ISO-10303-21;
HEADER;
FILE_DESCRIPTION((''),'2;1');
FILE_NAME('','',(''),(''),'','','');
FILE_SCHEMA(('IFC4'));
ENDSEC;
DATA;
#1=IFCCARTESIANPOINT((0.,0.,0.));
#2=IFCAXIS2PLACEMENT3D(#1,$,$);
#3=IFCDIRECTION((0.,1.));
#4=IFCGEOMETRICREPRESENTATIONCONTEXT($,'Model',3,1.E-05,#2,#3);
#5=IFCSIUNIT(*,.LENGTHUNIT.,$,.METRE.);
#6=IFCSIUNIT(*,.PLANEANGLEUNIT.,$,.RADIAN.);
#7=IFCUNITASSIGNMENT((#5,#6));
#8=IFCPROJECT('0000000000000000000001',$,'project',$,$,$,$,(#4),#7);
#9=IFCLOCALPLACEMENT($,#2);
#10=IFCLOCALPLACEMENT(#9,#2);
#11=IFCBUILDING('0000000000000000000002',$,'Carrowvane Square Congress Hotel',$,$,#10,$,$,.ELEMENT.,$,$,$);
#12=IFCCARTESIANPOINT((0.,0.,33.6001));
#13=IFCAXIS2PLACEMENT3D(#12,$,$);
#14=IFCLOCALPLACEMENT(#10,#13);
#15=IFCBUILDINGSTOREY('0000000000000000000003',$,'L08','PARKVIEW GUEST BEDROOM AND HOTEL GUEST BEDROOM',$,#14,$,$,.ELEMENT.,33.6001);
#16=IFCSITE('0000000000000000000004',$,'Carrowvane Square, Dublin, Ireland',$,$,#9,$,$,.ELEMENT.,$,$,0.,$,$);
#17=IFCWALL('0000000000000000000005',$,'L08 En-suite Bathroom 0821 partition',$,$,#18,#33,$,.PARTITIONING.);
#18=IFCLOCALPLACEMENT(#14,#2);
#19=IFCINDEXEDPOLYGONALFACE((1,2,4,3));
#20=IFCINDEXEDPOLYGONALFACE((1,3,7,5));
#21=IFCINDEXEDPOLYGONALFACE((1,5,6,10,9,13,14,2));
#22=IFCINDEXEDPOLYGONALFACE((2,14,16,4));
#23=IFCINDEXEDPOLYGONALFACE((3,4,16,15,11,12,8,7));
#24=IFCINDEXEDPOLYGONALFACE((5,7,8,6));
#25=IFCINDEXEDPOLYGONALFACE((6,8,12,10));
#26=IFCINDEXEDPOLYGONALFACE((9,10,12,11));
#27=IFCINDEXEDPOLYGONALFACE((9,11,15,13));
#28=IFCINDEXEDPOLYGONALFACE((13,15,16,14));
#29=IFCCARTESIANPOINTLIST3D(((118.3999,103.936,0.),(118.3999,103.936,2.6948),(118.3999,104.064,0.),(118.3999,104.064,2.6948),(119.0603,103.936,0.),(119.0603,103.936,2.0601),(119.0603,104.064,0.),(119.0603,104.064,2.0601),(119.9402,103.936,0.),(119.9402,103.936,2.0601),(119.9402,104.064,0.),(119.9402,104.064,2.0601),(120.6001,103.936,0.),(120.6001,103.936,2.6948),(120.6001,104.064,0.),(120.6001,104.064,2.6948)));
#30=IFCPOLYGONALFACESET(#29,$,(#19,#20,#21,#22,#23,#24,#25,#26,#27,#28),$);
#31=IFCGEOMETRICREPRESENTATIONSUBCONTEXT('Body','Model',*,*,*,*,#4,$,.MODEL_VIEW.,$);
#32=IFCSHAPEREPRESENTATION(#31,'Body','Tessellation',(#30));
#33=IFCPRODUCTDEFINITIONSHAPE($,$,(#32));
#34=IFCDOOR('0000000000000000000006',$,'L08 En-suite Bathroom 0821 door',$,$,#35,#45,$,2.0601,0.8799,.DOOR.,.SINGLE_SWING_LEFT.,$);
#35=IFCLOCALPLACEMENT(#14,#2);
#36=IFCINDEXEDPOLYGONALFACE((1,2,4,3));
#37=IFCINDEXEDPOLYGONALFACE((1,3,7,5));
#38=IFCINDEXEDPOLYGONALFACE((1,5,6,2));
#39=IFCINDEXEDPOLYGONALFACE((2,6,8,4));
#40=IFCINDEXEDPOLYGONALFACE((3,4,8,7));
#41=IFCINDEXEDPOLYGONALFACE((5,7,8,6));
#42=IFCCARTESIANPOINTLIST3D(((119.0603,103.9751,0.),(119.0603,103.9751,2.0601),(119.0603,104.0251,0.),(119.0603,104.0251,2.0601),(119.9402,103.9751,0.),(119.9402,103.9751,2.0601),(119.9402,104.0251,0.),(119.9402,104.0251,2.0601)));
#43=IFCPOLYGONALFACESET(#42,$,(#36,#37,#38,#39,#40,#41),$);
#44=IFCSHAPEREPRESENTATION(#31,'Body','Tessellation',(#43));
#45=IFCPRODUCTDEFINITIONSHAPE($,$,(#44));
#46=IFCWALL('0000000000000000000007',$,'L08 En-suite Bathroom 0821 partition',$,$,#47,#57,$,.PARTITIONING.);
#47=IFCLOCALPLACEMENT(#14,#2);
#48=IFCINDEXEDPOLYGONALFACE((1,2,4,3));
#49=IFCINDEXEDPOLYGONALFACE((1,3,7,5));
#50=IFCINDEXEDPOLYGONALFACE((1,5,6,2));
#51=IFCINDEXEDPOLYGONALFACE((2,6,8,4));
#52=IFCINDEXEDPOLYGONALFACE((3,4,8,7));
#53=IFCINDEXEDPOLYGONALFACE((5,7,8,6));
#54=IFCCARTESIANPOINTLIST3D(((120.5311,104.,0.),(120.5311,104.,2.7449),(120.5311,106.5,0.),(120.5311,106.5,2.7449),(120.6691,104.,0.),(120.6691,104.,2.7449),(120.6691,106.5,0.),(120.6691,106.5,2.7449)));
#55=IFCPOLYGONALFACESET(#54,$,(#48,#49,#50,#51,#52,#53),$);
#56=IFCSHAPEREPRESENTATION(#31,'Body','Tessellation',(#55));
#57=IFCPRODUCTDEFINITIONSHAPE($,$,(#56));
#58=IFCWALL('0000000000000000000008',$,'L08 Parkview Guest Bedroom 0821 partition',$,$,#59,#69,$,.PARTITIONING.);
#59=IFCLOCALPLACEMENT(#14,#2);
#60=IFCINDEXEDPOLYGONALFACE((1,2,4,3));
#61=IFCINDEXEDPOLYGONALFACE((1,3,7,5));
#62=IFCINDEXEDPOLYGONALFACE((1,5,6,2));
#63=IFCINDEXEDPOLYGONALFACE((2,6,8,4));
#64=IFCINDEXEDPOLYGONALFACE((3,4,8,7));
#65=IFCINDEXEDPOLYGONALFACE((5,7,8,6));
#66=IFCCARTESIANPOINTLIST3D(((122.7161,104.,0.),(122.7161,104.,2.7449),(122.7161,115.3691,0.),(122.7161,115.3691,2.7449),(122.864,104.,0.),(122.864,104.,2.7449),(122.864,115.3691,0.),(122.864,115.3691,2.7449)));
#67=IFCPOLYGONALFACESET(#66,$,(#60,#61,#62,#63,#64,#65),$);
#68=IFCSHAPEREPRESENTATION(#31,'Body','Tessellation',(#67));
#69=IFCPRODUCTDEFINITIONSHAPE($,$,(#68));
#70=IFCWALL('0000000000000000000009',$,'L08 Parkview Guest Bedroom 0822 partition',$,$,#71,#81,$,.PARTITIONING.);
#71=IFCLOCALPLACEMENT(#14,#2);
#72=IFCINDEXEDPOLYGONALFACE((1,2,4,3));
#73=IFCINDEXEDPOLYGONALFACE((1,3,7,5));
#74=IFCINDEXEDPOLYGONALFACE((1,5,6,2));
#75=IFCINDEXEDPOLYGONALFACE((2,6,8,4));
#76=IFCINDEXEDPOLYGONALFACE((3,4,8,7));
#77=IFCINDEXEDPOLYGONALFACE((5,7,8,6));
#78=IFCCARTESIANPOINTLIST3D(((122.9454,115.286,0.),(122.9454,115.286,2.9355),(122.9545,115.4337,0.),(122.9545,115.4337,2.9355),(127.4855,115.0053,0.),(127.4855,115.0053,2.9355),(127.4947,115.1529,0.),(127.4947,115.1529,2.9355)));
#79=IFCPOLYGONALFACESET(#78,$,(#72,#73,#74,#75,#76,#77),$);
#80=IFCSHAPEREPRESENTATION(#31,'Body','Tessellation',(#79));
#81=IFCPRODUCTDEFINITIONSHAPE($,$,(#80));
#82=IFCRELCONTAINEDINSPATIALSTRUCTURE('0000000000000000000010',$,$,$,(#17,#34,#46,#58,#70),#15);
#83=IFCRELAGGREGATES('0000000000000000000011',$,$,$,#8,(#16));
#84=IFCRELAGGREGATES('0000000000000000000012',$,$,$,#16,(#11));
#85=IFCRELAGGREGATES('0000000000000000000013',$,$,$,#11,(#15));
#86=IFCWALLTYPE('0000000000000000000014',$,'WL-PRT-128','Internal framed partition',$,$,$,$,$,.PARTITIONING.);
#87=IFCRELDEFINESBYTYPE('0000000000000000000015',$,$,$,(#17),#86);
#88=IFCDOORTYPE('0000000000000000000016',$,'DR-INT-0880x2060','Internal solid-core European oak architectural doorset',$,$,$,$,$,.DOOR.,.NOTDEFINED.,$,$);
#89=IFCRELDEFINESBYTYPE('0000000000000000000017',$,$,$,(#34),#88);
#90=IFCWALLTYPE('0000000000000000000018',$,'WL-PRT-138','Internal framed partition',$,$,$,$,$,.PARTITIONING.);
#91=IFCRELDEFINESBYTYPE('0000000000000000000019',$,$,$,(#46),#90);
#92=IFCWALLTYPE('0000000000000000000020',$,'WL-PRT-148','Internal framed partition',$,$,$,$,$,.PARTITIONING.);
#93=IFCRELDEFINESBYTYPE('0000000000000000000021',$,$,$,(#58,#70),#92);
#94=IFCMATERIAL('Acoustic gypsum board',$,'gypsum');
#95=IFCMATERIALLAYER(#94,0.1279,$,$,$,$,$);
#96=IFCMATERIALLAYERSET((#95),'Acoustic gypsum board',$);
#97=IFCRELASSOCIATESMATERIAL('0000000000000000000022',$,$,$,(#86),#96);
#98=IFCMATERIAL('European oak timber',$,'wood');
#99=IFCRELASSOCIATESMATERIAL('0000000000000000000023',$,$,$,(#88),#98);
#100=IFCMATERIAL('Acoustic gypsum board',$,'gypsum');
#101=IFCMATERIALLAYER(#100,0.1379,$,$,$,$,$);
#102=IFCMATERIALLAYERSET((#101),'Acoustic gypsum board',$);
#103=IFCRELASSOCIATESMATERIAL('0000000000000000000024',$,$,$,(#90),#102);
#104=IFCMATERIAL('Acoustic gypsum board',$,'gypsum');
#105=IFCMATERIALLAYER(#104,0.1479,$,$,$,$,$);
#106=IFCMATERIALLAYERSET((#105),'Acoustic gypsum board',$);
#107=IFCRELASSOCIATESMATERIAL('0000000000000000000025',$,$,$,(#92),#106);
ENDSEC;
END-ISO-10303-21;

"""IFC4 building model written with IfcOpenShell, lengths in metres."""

from ifc_helpers import new_model, si_unit, direction, frame, frame_2d, origin, place, context, subcontext, project, spatial, rectangle, extrude, material, layer, layer_set, type_object, element, fill, save


model = new_model("IFC4")

# Units and contexts
model_context = context("Model", 3, precision=1e-05, world=origin(), true_north=direction((0.0, 1.0)))
body_context = subcontext(model_context, "Body", "Model", "MODEL_VIEW")
ifc_project = project(units=[si_unit("LENGTHUNIT", "METRE"), si_unit("PLANEANGLEUNIT", "RADIAN")], contexts=[model_context])

# Site, building, storey
site_placement = place(None, origin())
site = spatial("IfcSite", under=ifc_project, at=site_placement, Name="Carrowvane Square, Dublin, Ireland", CompositionType="ELEMENT", RefElevation=0.0)
building_placement = place(site_placement, origin())
building = spatial("IfcBuilding", under=site, at=building_placement, Name="Carrowvane Square Congress Hotel", CompositionType="ELEMENT")
storey_placement = place(building_placement, frame((0.0, 0.0, 33.6001)))
storey = spatial("IfcBuildingStorey", under=building, at=storey_placement, Name="L08", Description="PARKVIEW GUEST BEDROOM AND HOTEL GUEST BEDROOM", CompositionType="ELEMENT", Elevation=33.6001)

# Wall, opening, door
ifc_material_1 = material(Name="Acoustic gypsum board", Category="gypsum")
ifc_layer_1 = layer(ifc_material_1, 0.1279)
ifc_layer_set_1 = layer_set([ifc_layer_1], Name="Acoustic gypsum board")
wall_type_1 = type_object("IfcWallType", Name="WL-PRT-128", Description="Internal framed partition", PredefinedType="PARTITIONING", material=ifc_layer_set_1)
wall_1_placement = place(storey_placement, frame((120.6001, 104.0, 0.0), z_axis=(0.0, 0.0, 1.0), x_axis=(-1.0, 0.0, 0.0)))
wall_1 = element("IfcWall", 1, at=wall_1_placement, inside=storey, type_object=wall_type_1, Name="L08 En-suite Bathroom 0821 partition", PredefinedType="PARTITIONING", context=body_context, shape_type="SweptSolid", body=[
    extrude(rectangle(XDim=2.2002, YDim=0.1279, at=frame_2d((1.1001, 0.0))), origin(), (0.0, 0.0, 1.0), 2.6948),
])
opening_1_placement = place(wall_1_placement, frame((0.6599, 0.0, 0.0)))
opening_1 = element("IfcOpeningElement", 2, at=opening_1_placement, cuts=wall_1, PredefinedType="OPENING", context=body_context, shape_type="SweptSolid", body=[
    extrude(rectangle(XDim=0.8799, YDim=2.0601, at=frame_2d((0.4399, 1.03))), frame((0.0, 0.074, 0.0), z_axis=(0.0, -1.0, 0.0), x_axis=(1.0, 0.0, 0.0)), (0.0, 0.0, 1.0), 0.1479),
])
ifc_material_2 = material(Name="European oak timber", Category="wood")
door_type_1 = type_object("IfcDoorType", Name="DR-INT-0880x2060", Description="Internal solid-core European oak architectural doorset", OperationType="NOTDEFINED", PredefinedType="DOOR", material=ifc_material_2)
door_1_placement = place(opening_1_placement, origin())
door_1 = element("IfcDoor", 3, at=door_1_placement, inside=storey, type_object=door_type_1, Name="L08 En-suite Bathroom 0821 door", OperationType="SINGLE_SWING_LEFT", OverallHeight=2.0601, OverallWidth=0.8799, PredefinedType="DOOR", context=body_context, shape_type="SweptSolid", body=[
    extrude(rectangle(XDim=0.8799, YDim=2.0601, at=frame_2d((0.4399, 1.03))), frame((0.0, 0.0249, 0.0), z_axis=(0.0, -1.0, 0.0), x_axis=(1.0, 0.0, 0.0)), (0.0, 0.0, 1.0), 0.05),
])
fill(opening_1, door_1)

# Wall
ifc_material_3 = material(Name="Acoustic gypsum board", Category="gypsum")
ifc_layer_2 = layer(ifc_material_3, 0.1379)
ifc_layer_set_2 = layer_set([ifc_layer_2], Name="Acoustic gypsum board")
wall_type_2 = type_object("IfcWallType", Name="WL-PRT-138", Description="Internal framed partition", PredefinedType="PARTITIONING", material=ifc_layer_set_2)
wall_2_placement = place(storey_placement, frame((120.6001, 106.5, 0.0), z_axis=(0.0, 0.0, 1.0), x_axis=(0.0, -1.0, 0.0)))
element("IfcWall", 4, at=wall_2_placement, inside=storey, type_object=wall_type_2, Name="L08 En-suite Bathroom 0821 partition", PredefinedType="PARTITIONING", context=body_context, shape_type="SweptSolid", body=[
    extrude(rectangle(XDim=2.5, YDim=0.1379, at=frame_2d((1.25, 0.0))), origin(), (0.0, 0.0, 1.0), 2.7449),
])

# Walls
ifc_material_4 = material(Name="Acoustic gypsum board", Category="gypsum")
ifc_layer_3 = layer(ifc_material_4, 0.1479)
ifc_layer_set_3 = layer_set([ifc_layer_3], Name="Acoustic gypsum board")
wall_type_3 = type_object("IfcWallType", Name="WL-PRT-148", Description="Internal framed partition", PredefinedType="PARTITIONING", material=ifc_layer_set_3)
wall_3_placement = place(storey_placement, frame((122.79, 115.3691, 0.0), z_axis=(0.0, 0.0, 1.0), x_axis=(0.0, -1.0, 0.0)))
element("IfcWall", 5, at=wall_3_placement, inside=storey, type_object=wall_type_3, Name="L08 Parkview Guest Bedroom 0821 partition", PredefinedType="PARTITIONING", context=body_context, shape_type="SweptSolid", body=[
    extrude(rectangle(XDim=11.3691, YDim=0.1479, at=frame_2d((5.6846, 0.0))), origin(), (0.0, 0.0, 1.0), 2.7449),
])
wall_4_placement = place(storey_placement, frame((122.95, 115.3599, 0.0), z_axis=(0.0, 0.0, 1.0), x_axis=(0.998093, -0.061723, 0.0)))
element("IfcWall", 6, at=wall_4_placement, inside=storey, type_object=wall_type_3, Name="L08 Parkview Guest Bedroom 0822 partition", PredefinedType="PARTITIONING", context=body_context, shape_type="SweptSolid", body=[
    extrude(rectangle(XDim=4.5488, YDim=0.1479, at=frame_2d((2.2744, 0.0))), origin(), (0.0, 0.0, 1.0), 2.9355),
])

save(model, "model.ifc")
